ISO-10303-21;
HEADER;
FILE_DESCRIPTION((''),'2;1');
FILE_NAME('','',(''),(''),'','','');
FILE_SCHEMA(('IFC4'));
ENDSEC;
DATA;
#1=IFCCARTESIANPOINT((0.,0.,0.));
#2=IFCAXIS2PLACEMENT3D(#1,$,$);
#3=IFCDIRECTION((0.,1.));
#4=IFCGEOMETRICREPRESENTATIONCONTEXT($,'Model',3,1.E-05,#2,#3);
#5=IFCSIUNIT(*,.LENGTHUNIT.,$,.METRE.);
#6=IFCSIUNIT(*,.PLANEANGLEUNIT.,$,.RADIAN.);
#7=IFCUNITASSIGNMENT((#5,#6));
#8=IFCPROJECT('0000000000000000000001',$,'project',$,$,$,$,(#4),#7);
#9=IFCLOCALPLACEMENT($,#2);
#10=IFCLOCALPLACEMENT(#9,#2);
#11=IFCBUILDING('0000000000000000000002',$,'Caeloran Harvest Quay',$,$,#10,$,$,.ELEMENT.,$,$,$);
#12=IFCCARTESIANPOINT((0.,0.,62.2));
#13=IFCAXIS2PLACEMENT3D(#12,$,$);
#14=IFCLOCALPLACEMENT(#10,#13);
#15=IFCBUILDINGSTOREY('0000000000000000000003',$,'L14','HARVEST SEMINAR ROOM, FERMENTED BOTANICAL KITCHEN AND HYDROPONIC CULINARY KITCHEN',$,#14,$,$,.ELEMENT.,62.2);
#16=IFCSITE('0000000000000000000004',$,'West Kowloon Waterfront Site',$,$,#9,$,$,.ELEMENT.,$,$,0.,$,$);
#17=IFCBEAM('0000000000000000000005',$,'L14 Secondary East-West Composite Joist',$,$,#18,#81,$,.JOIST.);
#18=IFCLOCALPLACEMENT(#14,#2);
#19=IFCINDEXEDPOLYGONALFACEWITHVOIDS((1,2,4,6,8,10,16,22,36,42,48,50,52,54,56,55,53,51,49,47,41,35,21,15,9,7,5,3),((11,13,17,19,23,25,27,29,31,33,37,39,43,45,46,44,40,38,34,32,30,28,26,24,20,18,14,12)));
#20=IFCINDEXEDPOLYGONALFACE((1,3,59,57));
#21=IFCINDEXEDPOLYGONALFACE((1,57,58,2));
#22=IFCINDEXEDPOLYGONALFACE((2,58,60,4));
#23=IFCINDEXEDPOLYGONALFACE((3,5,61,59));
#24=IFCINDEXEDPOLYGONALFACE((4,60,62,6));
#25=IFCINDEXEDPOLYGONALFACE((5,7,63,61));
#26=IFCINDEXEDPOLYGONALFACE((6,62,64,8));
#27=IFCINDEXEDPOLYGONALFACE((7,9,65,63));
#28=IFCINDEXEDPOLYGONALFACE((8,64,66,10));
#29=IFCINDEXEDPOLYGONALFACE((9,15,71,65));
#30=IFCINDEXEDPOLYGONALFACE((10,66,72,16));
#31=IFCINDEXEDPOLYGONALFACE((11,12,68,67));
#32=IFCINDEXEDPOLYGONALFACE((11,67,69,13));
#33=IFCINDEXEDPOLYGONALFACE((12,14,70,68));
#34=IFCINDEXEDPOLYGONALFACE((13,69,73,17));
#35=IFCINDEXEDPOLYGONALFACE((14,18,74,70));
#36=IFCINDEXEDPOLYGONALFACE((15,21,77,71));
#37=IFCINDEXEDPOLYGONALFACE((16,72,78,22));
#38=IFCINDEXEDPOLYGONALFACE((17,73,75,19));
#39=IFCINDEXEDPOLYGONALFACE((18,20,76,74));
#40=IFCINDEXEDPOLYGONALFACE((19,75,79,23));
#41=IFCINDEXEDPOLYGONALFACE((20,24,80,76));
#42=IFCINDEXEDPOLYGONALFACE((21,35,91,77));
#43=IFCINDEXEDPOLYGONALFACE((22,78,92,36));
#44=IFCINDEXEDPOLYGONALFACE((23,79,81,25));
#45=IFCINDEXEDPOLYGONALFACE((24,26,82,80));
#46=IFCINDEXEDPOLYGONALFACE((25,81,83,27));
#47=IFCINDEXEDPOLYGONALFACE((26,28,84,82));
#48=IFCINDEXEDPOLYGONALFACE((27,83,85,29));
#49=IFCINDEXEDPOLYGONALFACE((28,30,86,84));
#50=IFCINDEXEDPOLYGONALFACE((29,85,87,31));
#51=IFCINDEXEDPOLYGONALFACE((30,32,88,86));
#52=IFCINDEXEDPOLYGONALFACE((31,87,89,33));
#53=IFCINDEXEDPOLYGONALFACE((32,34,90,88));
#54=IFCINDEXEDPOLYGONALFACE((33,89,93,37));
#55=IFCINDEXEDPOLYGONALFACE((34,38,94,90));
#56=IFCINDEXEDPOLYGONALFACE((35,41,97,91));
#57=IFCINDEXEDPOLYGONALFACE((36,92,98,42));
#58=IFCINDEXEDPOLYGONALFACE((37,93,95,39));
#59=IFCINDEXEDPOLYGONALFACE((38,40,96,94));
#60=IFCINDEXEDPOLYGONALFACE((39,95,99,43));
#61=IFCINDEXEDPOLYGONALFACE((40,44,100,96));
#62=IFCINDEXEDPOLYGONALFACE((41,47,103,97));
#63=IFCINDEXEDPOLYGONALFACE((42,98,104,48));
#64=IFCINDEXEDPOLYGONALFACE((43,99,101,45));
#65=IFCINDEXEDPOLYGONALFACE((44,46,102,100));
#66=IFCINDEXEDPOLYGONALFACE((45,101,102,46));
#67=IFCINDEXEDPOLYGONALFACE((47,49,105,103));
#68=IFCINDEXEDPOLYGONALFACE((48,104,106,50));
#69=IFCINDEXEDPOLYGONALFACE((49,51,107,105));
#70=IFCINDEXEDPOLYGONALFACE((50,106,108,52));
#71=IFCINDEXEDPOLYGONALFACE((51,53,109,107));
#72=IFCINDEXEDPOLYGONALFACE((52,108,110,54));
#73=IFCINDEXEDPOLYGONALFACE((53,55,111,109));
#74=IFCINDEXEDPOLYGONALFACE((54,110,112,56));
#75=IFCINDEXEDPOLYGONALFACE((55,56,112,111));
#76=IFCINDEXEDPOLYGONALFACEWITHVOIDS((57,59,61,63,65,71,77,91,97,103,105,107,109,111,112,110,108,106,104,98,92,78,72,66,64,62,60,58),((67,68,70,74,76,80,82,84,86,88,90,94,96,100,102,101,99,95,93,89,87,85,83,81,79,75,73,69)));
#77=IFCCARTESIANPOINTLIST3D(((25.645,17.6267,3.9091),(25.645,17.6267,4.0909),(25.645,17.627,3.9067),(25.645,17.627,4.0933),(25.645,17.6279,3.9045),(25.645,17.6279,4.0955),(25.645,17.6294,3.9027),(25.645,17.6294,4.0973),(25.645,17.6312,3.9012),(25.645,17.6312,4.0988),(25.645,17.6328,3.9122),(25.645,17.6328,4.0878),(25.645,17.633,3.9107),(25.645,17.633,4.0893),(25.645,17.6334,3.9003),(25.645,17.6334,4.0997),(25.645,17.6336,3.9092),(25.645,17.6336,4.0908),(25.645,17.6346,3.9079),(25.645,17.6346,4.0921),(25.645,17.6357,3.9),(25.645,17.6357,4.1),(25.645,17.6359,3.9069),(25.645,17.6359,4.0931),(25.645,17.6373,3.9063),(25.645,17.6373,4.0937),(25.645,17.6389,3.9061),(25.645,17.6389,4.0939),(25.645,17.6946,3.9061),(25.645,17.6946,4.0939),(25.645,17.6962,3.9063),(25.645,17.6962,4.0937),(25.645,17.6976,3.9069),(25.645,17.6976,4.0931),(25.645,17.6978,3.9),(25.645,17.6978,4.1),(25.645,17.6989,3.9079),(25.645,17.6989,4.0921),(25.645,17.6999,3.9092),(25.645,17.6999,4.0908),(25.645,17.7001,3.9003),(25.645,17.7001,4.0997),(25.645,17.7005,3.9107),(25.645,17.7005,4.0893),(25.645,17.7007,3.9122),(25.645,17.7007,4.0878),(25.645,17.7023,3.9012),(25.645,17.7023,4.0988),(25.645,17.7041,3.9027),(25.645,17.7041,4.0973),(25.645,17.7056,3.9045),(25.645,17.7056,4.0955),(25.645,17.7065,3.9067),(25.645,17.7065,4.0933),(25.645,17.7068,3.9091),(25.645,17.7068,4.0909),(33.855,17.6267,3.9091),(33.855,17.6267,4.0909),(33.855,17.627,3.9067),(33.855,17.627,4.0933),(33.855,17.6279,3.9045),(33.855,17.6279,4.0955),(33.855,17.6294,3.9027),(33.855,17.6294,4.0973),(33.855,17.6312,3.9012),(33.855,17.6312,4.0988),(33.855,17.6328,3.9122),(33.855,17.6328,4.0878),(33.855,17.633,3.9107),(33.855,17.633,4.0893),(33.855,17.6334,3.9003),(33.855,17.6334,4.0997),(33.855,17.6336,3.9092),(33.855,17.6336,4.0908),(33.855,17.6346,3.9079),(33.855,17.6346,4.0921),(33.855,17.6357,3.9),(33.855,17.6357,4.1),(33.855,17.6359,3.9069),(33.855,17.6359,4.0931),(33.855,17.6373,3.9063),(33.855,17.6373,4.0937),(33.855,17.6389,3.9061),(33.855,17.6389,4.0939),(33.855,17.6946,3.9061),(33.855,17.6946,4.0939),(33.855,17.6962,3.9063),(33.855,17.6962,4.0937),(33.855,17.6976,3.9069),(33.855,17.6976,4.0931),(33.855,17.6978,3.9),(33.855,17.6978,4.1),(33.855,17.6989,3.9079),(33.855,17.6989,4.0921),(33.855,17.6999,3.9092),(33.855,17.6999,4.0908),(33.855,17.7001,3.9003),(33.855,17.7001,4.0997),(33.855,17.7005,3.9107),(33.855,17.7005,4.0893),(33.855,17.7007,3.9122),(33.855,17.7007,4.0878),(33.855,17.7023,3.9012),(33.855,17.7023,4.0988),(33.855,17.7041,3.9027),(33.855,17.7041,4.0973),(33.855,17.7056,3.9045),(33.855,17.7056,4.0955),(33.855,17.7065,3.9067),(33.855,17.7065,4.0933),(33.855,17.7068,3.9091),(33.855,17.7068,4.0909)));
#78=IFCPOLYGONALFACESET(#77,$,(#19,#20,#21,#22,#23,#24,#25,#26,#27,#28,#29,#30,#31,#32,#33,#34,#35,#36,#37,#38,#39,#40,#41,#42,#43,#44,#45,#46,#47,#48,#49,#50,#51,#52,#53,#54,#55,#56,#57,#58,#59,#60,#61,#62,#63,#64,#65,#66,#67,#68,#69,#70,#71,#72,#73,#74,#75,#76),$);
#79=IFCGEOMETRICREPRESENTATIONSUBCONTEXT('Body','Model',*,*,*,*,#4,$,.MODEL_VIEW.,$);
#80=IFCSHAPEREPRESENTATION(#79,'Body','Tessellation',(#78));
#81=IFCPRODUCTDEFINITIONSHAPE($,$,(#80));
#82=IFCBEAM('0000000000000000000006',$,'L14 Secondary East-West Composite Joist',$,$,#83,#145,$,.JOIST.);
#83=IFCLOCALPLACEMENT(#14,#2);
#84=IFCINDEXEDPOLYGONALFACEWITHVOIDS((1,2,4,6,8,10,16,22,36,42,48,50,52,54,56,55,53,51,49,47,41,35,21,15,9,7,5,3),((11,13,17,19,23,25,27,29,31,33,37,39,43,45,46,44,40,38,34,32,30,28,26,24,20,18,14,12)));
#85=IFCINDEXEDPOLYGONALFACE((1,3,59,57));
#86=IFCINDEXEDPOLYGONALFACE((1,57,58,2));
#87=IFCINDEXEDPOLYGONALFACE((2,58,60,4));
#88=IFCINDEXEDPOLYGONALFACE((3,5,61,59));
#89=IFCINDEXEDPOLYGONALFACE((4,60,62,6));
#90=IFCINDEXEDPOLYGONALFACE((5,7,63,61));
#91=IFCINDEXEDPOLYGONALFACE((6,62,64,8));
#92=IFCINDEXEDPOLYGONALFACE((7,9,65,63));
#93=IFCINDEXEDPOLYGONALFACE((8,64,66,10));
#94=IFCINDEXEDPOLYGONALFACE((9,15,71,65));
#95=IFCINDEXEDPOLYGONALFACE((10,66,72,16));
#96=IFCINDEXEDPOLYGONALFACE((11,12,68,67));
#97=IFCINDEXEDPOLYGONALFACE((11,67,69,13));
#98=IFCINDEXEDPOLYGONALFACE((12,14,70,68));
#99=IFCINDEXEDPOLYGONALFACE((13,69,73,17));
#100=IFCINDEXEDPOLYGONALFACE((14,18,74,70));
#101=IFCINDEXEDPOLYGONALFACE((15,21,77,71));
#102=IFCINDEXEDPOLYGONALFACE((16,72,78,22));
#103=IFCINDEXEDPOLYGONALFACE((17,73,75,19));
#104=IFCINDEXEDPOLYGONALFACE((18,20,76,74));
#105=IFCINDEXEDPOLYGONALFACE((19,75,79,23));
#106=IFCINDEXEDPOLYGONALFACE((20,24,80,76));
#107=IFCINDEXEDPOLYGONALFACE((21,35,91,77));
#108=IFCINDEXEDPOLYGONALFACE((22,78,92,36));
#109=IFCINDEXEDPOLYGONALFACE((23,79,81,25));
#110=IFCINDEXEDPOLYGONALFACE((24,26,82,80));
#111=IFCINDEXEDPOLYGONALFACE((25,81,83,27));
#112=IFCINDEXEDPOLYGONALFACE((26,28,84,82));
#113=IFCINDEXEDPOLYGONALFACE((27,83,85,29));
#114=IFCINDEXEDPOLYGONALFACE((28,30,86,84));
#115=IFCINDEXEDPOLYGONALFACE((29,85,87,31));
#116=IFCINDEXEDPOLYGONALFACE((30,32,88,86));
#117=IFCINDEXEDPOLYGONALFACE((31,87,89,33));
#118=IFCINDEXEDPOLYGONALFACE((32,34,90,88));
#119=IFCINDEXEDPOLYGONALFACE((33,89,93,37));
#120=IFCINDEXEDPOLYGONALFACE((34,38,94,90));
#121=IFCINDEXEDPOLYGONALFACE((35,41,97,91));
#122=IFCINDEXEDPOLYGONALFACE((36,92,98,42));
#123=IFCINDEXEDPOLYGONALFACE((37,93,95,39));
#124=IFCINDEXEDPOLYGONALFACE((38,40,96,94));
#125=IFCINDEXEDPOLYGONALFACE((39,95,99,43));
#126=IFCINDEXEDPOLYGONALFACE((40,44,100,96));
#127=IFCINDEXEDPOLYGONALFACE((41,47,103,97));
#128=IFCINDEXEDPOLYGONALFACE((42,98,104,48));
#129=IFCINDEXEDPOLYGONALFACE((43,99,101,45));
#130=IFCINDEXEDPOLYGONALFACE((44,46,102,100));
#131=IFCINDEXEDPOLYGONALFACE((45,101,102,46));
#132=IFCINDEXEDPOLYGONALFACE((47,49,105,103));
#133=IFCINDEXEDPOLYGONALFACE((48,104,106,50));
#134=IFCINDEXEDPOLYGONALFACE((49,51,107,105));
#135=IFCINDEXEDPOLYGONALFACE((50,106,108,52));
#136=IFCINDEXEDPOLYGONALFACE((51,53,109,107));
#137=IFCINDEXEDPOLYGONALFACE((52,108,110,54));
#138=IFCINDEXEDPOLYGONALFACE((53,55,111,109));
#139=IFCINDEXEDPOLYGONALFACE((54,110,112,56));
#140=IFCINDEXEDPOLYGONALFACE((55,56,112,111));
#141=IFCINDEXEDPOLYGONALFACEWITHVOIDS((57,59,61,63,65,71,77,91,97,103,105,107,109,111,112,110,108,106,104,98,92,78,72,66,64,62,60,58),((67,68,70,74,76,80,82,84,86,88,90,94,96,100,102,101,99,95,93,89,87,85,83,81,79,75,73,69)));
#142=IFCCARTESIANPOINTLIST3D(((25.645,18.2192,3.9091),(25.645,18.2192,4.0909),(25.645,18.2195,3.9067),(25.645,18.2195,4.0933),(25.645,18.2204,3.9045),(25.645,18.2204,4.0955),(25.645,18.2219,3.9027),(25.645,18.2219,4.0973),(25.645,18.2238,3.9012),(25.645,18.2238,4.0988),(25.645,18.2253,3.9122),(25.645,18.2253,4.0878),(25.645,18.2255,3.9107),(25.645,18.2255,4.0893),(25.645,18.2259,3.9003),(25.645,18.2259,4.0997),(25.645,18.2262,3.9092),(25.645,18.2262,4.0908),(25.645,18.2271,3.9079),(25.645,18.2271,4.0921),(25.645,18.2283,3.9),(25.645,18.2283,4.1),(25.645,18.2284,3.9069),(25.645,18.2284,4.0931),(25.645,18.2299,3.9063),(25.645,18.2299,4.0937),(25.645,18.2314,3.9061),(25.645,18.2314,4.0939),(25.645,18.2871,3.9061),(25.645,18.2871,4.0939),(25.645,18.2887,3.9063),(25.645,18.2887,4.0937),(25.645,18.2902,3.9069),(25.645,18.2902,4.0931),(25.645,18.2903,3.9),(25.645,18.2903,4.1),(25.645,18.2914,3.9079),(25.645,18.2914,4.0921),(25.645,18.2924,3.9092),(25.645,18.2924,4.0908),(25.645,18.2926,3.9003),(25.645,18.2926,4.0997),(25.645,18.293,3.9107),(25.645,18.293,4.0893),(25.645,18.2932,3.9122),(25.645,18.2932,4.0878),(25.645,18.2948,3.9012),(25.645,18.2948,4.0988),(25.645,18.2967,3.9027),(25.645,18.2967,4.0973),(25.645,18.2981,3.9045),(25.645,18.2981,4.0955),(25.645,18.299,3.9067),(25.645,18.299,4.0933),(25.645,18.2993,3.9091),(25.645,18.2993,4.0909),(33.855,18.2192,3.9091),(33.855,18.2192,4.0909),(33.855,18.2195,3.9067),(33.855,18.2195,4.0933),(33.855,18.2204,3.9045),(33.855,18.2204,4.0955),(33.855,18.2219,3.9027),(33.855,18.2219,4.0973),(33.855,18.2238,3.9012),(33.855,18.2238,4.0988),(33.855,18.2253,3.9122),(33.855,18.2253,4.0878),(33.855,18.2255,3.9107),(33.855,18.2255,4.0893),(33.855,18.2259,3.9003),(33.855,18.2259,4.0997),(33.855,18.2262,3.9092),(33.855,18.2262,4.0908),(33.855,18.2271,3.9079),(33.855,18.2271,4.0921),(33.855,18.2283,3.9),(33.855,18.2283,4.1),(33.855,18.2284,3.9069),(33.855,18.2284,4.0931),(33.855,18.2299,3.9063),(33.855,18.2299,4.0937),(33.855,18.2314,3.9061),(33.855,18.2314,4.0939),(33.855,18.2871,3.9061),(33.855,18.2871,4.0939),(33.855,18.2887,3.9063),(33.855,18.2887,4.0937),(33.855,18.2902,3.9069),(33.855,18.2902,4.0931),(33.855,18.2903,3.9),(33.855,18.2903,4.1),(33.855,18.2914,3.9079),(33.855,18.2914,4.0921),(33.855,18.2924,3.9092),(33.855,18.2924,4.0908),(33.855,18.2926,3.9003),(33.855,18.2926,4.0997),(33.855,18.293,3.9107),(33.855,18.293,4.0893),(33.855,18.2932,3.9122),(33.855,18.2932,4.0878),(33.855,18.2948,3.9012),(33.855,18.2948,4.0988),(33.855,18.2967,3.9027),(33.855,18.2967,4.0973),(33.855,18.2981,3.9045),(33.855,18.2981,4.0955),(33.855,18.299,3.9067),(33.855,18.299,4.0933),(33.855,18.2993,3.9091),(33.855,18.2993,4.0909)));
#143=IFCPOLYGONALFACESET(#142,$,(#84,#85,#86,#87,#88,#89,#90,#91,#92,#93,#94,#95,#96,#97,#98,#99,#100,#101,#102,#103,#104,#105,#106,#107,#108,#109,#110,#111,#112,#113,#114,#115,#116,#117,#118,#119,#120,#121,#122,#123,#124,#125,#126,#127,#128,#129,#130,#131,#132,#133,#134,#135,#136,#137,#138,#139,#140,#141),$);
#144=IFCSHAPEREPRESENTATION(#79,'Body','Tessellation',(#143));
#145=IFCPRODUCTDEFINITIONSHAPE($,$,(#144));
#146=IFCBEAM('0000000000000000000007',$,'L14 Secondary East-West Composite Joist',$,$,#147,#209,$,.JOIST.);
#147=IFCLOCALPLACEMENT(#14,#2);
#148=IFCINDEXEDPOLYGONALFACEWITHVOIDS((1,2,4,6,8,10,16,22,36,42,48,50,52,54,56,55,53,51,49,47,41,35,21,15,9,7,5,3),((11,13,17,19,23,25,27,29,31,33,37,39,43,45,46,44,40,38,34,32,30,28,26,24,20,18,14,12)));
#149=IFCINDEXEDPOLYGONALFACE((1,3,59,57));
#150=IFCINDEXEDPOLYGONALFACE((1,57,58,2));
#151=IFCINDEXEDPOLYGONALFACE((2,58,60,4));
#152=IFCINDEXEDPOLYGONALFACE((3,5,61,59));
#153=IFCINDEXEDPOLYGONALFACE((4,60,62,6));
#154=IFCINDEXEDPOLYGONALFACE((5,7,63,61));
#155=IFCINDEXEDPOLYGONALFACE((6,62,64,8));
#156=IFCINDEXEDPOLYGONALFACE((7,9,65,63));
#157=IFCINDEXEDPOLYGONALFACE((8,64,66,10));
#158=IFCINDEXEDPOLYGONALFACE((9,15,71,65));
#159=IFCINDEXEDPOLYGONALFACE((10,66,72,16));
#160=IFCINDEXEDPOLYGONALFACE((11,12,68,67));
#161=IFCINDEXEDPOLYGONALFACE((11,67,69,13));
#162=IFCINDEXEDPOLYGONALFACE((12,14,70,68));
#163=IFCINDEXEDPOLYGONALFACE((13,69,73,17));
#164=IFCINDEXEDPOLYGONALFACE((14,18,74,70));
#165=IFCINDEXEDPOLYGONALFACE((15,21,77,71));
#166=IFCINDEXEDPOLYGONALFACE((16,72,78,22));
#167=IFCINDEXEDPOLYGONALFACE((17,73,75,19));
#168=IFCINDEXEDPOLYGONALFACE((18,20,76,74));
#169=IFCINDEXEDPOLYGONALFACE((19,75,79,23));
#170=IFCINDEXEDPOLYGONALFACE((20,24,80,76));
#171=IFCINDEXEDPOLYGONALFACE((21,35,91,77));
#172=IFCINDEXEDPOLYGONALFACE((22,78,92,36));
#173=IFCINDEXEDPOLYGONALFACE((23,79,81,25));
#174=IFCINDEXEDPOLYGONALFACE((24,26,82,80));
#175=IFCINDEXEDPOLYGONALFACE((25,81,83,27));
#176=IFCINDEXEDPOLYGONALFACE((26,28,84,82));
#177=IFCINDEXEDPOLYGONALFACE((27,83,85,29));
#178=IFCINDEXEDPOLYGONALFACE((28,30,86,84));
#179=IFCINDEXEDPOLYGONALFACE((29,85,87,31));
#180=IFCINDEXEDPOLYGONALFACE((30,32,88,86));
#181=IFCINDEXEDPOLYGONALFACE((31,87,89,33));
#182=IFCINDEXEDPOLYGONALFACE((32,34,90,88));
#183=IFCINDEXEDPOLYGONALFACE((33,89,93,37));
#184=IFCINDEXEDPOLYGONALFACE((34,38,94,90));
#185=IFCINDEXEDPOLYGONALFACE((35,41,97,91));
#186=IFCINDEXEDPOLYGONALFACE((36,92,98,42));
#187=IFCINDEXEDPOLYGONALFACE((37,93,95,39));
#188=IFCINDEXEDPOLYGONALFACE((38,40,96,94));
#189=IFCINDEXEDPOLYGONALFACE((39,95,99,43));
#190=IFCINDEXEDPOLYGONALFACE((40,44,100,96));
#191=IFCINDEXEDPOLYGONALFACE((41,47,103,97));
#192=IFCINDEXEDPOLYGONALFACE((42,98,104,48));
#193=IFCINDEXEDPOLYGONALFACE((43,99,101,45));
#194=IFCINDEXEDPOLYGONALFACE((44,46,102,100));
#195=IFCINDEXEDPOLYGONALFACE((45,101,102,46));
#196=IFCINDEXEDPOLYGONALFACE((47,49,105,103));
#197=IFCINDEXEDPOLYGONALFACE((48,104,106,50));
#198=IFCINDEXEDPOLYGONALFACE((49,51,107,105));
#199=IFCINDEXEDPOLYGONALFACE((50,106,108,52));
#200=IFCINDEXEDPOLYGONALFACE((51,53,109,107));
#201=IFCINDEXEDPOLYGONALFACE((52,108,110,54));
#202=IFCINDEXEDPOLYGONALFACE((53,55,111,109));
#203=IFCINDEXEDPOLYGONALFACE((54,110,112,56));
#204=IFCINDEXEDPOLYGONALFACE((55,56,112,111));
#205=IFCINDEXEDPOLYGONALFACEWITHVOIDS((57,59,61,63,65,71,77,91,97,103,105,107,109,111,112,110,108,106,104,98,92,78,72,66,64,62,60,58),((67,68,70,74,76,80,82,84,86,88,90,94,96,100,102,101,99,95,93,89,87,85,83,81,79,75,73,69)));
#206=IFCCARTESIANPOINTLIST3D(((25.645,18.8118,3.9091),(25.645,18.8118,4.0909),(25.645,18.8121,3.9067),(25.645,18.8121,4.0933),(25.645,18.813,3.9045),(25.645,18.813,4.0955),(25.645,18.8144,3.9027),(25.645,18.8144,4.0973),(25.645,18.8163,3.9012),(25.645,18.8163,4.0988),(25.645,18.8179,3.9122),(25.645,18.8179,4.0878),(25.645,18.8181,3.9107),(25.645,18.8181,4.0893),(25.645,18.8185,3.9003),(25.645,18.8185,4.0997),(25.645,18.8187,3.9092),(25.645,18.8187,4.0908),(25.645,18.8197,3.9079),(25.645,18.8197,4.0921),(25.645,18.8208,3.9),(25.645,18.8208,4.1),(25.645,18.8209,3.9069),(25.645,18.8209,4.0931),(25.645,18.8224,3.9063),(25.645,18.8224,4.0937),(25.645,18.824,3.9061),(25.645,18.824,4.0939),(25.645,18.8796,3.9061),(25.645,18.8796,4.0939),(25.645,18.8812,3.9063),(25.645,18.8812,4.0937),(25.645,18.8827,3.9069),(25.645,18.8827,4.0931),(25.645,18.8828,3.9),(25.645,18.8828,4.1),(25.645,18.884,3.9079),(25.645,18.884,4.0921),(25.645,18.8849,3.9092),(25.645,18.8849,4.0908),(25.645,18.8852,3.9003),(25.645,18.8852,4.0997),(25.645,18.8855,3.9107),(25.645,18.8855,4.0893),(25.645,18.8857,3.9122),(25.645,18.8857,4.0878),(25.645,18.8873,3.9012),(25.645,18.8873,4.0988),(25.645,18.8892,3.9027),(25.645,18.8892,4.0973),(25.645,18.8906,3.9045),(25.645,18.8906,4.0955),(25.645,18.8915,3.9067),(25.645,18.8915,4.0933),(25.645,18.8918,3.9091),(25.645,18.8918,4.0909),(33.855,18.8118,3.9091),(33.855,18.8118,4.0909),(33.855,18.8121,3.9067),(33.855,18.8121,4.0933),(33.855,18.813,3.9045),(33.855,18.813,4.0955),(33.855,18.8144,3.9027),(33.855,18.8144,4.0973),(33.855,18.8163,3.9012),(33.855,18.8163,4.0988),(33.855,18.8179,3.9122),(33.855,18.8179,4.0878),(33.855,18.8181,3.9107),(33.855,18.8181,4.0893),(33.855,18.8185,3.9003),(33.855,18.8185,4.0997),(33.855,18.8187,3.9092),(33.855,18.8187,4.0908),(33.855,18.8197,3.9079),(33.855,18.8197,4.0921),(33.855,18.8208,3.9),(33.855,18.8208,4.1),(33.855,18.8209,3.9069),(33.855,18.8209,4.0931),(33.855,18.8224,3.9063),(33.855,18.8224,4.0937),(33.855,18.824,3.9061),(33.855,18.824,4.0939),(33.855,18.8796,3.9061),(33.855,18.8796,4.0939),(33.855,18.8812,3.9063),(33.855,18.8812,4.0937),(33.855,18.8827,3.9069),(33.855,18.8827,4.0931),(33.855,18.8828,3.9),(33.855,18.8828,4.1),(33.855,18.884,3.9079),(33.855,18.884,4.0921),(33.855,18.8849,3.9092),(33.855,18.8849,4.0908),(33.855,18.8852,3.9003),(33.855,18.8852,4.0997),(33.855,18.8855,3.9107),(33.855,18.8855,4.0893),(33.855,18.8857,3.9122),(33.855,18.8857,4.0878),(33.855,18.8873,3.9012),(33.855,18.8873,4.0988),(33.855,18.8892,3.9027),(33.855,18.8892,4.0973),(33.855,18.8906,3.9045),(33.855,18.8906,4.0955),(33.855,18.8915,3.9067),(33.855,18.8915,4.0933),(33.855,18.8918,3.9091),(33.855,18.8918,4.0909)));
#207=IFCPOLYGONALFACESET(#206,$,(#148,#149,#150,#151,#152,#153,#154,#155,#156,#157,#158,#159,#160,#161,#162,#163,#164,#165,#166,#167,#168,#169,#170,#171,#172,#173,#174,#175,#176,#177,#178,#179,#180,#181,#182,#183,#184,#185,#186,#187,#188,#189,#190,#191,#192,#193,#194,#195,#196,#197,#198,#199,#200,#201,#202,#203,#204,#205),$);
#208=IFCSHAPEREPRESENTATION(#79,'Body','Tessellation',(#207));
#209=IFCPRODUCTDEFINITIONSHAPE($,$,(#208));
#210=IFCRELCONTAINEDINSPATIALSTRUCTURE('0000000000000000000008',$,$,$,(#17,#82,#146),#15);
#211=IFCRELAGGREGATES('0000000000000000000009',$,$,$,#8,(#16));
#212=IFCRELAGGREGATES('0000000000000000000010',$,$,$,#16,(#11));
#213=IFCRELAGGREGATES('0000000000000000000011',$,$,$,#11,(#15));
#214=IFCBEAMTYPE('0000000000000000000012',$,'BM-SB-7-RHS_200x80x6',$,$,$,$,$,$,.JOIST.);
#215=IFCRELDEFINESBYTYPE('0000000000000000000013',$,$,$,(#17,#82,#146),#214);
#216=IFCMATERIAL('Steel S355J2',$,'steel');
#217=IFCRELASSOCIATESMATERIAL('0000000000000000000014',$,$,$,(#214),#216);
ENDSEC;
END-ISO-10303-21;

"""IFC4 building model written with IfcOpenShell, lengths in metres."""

from ifc_helpers import new_model, si_unit, direction, frame, origin, origin_2d, place, context, subcontext, project, spatial, hollow_rectangle, extrude, material, material_profile, profile_set, type_object, element, save


model = new_model("IFC4")

# Units and contexts
model_context = context("Model", 3, precision=1e-05, world=origin(), true_north=direction((0.0, 1.0)))
body_context = subcontext(model_context, "Body", "Model", "MODEL_VIEW")
ifc_project = project(units=[si_unit("LENGTHUNIT", "METRE"), si_unit("PLANEANGLEUNIT", "RADIAN")], contexts=[model_context])

# Site, building, storey
site_placement = place(None, origin())
site = spatial("IfcSite", under=ifc_project, at=site_placement, Name="West Kowloon Waterfront Site", CompositionType="ELEMENT", RefElevation=0.0)
building_placement = place(site_placement, origin())
building = spatial("IfcBuilding", under=site, at=building_placement, Name="Caeloran Harvest Quay", CompositionType="ELEMENT")
storey_placement = place(building_placement, frame((0.0, 0.0, 62.2)))
storey = spatial("IfcBuildingStorey", under=building, at=storey_placement, Name="L14", Description="HARVEST SEMINAR ROOM, FERMENTED BOTANICAL KITCHEN AND HYDROPONIC CULINARY KITCHEN", CompositionType="ELEMENT", Elevation=62.2)

# Beams
ifc_material_1 = material(Name="Steel S355J2", Category="steel")
ifc_material_profile_1 = material_profile(ifc_material_1, hollow_rectangle(XDim=0.0801, YDim=0.2, WallThickness=0.0061, InnerFilletRadius=0.0061, OuterFilletRadius=0.009, at=origin_2d()), Name="RHS 200x80x6")
ifc_profile_set_1 = profile_set([ifc_material_profile_1], Name="Steel S355J2")
beam_type_1 = type_object("IfcBeamType", Name="BM-SB-7-RHS_200x80x6", PredefinedType="JOIST", material=ifc_profile_set_1)
for number, where, z_axis, x_axis, name in (
    (1, (25.645, 17.6667, 4.0), (1.0, 0.0, 0.0), (0.0, 1.0, 0.0), "L14 Secondary East-West Composite Joist"),
    (2, (25.645, 18.2593, 4.0), (1.0, 0.0, 0.0), (0.0, 1.0, 0.0), "L14 Secondary East-West Composite Joist"),
    (3, (25.645, 18.8518, 4.0), (1.0, 0.0, 0.0), (0.0, 1.0, 0.0), "L14 Secondary East-West Composite Joist"),
):
    element("IfcBeam", number, at=place(storey_placement, frame(where, z_axis=z_axis, x_axis=x_axis)), inside=storey, type_object=beam_type_1, Name=name, PredefinedType="JOIST", context=body_context, shape_type="SweptSolid", body=[
        extrude(hollow_rectangle(XDim=0.0801, YDim=0.2, WallThickness=0.0061, InnerFilletRadius=0.0061, OuterFilletRadius=0.009, at=origin_2d()), origin(), (0.0, 0.0, 1.0), 8.21),
    ])

save(model, "model.ifc")
